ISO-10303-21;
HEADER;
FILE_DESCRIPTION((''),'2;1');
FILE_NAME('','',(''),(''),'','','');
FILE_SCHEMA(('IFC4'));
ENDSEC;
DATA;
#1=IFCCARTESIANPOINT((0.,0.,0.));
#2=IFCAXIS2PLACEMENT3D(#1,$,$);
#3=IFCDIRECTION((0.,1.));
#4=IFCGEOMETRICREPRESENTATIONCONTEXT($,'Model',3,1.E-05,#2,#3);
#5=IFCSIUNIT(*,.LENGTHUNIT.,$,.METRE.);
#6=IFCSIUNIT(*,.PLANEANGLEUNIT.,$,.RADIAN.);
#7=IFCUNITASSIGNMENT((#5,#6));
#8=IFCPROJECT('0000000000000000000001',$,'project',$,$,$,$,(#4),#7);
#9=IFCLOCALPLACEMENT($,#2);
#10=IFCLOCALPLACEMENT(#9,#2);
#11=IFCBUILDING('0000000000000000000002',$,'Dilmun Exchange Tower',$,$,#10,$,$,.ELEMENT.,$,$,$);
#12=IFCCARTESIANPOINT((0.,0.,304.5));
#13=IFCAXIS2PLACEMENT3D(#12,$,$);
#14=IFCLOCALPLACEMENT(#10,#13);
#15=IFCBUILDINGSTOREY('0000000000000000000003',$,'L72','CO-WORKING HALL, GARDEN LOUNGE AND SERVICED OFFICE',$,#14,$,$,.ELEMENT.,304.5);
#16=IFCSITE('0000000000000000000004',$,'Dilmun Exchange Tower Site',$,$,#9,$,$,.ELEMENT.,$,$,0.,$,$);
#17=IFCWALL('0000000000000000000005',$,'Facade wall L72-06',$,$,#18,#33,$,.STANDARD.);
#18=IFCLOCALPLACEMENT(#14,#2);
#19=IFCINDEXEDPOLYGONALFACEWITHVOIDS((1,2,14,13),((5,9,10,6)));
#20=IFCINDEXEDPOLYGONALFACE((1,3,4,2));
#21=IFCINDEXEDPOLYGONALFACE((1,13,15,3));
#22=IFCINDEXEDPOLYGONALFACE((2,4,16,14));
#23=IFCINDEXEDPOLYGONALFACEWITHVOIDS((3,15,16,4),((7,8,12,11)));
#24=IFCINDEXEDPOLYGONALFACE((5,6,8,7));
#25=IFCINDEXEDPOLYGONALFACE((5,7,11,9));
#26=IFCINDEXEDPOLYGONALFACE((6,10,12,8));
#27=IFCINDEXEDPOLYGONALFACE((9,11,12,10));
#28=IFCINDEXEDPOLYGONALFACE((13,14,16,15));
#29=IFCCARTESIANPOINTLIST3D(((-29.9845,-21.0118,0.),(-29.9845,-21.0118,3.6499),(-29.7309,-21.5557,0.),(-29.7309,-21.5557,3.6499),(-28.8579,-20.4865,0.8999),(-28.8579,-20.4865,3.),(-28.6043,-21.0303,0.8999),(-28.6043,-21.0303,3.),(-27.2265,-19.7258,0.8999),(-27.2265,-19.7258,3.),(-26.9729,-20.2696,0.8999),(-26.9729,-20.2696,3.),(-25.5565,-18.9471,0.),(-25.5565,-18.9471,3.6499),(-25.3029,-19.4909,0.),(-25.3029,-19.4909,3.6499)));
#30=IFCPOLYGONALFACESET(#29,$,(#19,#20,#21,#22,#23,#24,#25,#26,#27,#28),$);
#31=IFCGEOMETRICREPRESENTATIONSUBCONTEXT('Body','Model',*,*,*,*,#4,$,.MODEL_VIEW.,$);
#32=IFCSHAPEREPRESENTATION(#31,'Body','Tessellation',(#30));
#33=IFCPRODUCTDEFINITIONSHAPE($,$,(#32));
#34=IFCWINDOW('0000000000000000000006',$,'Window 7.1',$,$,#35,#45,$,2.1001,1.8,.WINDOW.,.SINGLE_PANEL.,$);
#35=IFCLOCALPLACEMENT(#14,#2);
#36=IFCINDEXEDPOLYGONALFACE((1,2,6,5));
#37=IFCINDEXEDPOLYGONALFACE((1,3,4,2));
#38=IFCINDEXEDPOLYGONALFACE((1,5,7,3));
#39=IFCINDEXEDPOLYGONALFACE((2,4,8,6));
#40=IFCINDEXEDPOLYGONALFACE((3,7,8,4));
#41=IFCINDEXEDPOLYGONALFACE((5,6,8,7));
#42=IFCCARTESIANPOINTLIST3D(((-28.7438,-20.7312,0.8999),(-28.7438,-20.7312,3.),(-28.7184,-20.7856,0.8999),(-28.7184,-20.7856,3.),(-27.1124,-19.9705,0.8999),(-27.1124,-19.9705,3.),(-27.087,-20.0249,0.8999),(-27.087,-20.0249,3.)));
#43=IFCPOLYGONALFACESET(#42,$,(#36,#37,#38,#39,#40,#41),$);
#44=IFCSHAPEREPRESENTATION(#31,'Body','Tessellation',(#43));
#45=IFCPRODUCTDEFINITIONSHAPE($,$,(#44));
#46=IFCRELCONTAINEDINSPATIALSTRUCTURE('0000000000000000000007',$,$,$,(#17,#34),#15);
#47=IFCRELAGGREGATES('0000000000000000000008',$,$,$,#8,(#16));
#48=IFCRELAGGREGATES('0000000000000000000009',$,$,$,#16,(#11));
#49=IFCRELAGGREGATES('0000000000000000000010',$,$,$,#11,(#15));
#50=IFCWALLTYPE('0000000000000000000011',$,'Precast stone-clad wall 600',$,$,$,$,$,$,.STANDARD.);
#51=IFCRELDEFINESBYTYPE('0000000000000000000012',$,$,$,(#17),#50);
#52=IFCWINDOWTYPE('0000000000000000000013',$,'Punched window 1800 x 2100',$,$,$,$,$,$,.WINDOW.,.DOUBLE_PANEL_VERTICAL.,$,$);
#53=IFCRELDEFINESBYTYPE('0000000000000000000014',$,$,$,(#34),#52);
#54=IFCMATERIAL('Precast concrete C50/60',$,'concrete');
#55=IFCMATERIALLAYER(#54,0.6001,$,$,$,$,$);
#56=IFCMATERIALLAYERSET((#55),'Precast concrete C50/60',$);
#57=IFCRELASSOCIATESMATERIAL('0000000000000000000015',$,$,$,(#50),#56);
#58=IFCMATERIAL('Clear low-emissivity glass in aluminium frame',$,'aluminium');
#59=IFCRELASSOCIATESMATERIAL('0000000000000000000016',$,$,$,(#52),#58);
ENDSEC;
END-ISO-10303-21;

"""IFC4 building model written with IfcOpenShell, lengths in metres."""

from ifc_helpers import new_model, si_unit, direction, frame, frame_2d, origin, place, context, subcontext, project, spatial, rectangle, extrude, material, layer, layer_set, type_object, element, fill, save


model = new_model("IFC4")

# Units and contexts
model_context = context("Model", 3, precision=1e-05, world=origin(), true_north=direction((0.0, 1.0)))
body_context = subcontext(model_context, "Body", "Model", "MODEL_VIEW")
ifc_project = project(units=[si_unit("LENGTHUNIT", "METRE"), si_unit("PLANEANGLEUNIT", "RADIAN")], contexts=[model_context])

# Site, building, storey
site_placement = place(None, origin())
site = spatial("IfcSite", under=ifc_project, at=site_placement, Name="Dilmun Exchange Tower Site", CompositionType="ELEMENT", RefElevation=0.0)
building_placement = place(site_placement, origin())
building = spatial("IfcBuilding", under=site, at=building_placement, Name="Dilmun Exchange Tower", CompositionType="ELEMENT")
storey_placement = place(building_placement, frame((0.0, 0.0, 304.5)))
storey = spatial("IfcBuildingStorey", under=building, at=storey_placement, Name="L72", Description="CO-WORKING HALL, GARDEN LOUNGE AND SERVICED OFFICE", CompositionType="ELEMENT", Elevation=304.5)

# Wall, opening, window
ifc_material_1 = material(Name="Precast concrete C50/60", Category="concrete")
ifc_layer_1 = layer(ifc_material_1, 0.6001)
ifc_layer_set_1 = layer_set([ifc_layer_1], Name="Precast concrete C50/60")
wall_type_1 = type_object("IfcWallType", Name="Precast stone-clad wall 600", PredefinedType="STANDARD", material=ifc_layer_set_1)
ifc_material_2 = material(Name="Clear low-emissivity glass in aluminium frame", Category="aluminium")
window_type_1 = type_object("IfcWindowType", Name="Punched window 1800 x 2100", PartitioningType="DOUBLE_PANEL_VERTICAL", PredefinedType="WINDOW", material=ifc_material_2)
wall_1_placement = place(storey_placement, frame((-25.4297, -19.219, 0.0), z_axis=(0.0, 0.0, 1.0), x_axis=(-0.906316, -0.422601, 0.0)))
wall_1 = element("IfcWall", 1, at=wall_1_placement, inside=storey, type_object=wall_type_1, Name="Facade wall L72-06", PredefinedType="STANDARD", context=body_context, shape_type="SweptSolid", body=[
    extrude(rectangle(XDim=4.8857, YDim=0.6001, at=frame_2d((2.4429, 0.0))), origin(), (0.0, 0.0, 1.0), 3.6499),
])
opening_1_placement = place(wall_1_placement, frame((1.8428, 0.0, 0.8999)))
opening_1 = element("IfcOpeningElement", 2, at=opening_1_placement, cuts=wall_1, PredefinedType="OPENING", context=body_context, shape_type="SweptSolid", body=[
    extrude(rectangle(XDim=1.8, YDim=2.1001, at=frame_2d((0.8999, 1.05))), frame((0.0, 0.3101, 0.0), z_axis=(0.0, -1.0, 0.0), x_axis=(1.0, 0.0, 0.0)), (0.0, 0.0, 1.0), 0.6201),
])
window_1_placement = place(opening_1_placement, origin())
window_1 = element("IfcWindow", 3, at=window_1_placement, inside=storey, type_object=window_type_1, Name="Window 7.1", OverallHeight=2.1001, OverallWidth=1.8, PartitioningType="SINGLE_PANEL", PredefinedType="WINDOW", context=body_context, shape_type="SweptSolid", body=[
    extrude(rectangle(XDim=1.8, YDim=2.1001, at=frame_2d((0.8999, 1.05))), frame((0.0, 0.03, 0.0), z_axis=(0.0, -1.0, 0.0), x_axis=(1.0, 0.0, 0.0)), (0.0, 0.0, 1.0), 0.0601),
])
fill(opening_1, window_1)

save(model, "model.ifc")
